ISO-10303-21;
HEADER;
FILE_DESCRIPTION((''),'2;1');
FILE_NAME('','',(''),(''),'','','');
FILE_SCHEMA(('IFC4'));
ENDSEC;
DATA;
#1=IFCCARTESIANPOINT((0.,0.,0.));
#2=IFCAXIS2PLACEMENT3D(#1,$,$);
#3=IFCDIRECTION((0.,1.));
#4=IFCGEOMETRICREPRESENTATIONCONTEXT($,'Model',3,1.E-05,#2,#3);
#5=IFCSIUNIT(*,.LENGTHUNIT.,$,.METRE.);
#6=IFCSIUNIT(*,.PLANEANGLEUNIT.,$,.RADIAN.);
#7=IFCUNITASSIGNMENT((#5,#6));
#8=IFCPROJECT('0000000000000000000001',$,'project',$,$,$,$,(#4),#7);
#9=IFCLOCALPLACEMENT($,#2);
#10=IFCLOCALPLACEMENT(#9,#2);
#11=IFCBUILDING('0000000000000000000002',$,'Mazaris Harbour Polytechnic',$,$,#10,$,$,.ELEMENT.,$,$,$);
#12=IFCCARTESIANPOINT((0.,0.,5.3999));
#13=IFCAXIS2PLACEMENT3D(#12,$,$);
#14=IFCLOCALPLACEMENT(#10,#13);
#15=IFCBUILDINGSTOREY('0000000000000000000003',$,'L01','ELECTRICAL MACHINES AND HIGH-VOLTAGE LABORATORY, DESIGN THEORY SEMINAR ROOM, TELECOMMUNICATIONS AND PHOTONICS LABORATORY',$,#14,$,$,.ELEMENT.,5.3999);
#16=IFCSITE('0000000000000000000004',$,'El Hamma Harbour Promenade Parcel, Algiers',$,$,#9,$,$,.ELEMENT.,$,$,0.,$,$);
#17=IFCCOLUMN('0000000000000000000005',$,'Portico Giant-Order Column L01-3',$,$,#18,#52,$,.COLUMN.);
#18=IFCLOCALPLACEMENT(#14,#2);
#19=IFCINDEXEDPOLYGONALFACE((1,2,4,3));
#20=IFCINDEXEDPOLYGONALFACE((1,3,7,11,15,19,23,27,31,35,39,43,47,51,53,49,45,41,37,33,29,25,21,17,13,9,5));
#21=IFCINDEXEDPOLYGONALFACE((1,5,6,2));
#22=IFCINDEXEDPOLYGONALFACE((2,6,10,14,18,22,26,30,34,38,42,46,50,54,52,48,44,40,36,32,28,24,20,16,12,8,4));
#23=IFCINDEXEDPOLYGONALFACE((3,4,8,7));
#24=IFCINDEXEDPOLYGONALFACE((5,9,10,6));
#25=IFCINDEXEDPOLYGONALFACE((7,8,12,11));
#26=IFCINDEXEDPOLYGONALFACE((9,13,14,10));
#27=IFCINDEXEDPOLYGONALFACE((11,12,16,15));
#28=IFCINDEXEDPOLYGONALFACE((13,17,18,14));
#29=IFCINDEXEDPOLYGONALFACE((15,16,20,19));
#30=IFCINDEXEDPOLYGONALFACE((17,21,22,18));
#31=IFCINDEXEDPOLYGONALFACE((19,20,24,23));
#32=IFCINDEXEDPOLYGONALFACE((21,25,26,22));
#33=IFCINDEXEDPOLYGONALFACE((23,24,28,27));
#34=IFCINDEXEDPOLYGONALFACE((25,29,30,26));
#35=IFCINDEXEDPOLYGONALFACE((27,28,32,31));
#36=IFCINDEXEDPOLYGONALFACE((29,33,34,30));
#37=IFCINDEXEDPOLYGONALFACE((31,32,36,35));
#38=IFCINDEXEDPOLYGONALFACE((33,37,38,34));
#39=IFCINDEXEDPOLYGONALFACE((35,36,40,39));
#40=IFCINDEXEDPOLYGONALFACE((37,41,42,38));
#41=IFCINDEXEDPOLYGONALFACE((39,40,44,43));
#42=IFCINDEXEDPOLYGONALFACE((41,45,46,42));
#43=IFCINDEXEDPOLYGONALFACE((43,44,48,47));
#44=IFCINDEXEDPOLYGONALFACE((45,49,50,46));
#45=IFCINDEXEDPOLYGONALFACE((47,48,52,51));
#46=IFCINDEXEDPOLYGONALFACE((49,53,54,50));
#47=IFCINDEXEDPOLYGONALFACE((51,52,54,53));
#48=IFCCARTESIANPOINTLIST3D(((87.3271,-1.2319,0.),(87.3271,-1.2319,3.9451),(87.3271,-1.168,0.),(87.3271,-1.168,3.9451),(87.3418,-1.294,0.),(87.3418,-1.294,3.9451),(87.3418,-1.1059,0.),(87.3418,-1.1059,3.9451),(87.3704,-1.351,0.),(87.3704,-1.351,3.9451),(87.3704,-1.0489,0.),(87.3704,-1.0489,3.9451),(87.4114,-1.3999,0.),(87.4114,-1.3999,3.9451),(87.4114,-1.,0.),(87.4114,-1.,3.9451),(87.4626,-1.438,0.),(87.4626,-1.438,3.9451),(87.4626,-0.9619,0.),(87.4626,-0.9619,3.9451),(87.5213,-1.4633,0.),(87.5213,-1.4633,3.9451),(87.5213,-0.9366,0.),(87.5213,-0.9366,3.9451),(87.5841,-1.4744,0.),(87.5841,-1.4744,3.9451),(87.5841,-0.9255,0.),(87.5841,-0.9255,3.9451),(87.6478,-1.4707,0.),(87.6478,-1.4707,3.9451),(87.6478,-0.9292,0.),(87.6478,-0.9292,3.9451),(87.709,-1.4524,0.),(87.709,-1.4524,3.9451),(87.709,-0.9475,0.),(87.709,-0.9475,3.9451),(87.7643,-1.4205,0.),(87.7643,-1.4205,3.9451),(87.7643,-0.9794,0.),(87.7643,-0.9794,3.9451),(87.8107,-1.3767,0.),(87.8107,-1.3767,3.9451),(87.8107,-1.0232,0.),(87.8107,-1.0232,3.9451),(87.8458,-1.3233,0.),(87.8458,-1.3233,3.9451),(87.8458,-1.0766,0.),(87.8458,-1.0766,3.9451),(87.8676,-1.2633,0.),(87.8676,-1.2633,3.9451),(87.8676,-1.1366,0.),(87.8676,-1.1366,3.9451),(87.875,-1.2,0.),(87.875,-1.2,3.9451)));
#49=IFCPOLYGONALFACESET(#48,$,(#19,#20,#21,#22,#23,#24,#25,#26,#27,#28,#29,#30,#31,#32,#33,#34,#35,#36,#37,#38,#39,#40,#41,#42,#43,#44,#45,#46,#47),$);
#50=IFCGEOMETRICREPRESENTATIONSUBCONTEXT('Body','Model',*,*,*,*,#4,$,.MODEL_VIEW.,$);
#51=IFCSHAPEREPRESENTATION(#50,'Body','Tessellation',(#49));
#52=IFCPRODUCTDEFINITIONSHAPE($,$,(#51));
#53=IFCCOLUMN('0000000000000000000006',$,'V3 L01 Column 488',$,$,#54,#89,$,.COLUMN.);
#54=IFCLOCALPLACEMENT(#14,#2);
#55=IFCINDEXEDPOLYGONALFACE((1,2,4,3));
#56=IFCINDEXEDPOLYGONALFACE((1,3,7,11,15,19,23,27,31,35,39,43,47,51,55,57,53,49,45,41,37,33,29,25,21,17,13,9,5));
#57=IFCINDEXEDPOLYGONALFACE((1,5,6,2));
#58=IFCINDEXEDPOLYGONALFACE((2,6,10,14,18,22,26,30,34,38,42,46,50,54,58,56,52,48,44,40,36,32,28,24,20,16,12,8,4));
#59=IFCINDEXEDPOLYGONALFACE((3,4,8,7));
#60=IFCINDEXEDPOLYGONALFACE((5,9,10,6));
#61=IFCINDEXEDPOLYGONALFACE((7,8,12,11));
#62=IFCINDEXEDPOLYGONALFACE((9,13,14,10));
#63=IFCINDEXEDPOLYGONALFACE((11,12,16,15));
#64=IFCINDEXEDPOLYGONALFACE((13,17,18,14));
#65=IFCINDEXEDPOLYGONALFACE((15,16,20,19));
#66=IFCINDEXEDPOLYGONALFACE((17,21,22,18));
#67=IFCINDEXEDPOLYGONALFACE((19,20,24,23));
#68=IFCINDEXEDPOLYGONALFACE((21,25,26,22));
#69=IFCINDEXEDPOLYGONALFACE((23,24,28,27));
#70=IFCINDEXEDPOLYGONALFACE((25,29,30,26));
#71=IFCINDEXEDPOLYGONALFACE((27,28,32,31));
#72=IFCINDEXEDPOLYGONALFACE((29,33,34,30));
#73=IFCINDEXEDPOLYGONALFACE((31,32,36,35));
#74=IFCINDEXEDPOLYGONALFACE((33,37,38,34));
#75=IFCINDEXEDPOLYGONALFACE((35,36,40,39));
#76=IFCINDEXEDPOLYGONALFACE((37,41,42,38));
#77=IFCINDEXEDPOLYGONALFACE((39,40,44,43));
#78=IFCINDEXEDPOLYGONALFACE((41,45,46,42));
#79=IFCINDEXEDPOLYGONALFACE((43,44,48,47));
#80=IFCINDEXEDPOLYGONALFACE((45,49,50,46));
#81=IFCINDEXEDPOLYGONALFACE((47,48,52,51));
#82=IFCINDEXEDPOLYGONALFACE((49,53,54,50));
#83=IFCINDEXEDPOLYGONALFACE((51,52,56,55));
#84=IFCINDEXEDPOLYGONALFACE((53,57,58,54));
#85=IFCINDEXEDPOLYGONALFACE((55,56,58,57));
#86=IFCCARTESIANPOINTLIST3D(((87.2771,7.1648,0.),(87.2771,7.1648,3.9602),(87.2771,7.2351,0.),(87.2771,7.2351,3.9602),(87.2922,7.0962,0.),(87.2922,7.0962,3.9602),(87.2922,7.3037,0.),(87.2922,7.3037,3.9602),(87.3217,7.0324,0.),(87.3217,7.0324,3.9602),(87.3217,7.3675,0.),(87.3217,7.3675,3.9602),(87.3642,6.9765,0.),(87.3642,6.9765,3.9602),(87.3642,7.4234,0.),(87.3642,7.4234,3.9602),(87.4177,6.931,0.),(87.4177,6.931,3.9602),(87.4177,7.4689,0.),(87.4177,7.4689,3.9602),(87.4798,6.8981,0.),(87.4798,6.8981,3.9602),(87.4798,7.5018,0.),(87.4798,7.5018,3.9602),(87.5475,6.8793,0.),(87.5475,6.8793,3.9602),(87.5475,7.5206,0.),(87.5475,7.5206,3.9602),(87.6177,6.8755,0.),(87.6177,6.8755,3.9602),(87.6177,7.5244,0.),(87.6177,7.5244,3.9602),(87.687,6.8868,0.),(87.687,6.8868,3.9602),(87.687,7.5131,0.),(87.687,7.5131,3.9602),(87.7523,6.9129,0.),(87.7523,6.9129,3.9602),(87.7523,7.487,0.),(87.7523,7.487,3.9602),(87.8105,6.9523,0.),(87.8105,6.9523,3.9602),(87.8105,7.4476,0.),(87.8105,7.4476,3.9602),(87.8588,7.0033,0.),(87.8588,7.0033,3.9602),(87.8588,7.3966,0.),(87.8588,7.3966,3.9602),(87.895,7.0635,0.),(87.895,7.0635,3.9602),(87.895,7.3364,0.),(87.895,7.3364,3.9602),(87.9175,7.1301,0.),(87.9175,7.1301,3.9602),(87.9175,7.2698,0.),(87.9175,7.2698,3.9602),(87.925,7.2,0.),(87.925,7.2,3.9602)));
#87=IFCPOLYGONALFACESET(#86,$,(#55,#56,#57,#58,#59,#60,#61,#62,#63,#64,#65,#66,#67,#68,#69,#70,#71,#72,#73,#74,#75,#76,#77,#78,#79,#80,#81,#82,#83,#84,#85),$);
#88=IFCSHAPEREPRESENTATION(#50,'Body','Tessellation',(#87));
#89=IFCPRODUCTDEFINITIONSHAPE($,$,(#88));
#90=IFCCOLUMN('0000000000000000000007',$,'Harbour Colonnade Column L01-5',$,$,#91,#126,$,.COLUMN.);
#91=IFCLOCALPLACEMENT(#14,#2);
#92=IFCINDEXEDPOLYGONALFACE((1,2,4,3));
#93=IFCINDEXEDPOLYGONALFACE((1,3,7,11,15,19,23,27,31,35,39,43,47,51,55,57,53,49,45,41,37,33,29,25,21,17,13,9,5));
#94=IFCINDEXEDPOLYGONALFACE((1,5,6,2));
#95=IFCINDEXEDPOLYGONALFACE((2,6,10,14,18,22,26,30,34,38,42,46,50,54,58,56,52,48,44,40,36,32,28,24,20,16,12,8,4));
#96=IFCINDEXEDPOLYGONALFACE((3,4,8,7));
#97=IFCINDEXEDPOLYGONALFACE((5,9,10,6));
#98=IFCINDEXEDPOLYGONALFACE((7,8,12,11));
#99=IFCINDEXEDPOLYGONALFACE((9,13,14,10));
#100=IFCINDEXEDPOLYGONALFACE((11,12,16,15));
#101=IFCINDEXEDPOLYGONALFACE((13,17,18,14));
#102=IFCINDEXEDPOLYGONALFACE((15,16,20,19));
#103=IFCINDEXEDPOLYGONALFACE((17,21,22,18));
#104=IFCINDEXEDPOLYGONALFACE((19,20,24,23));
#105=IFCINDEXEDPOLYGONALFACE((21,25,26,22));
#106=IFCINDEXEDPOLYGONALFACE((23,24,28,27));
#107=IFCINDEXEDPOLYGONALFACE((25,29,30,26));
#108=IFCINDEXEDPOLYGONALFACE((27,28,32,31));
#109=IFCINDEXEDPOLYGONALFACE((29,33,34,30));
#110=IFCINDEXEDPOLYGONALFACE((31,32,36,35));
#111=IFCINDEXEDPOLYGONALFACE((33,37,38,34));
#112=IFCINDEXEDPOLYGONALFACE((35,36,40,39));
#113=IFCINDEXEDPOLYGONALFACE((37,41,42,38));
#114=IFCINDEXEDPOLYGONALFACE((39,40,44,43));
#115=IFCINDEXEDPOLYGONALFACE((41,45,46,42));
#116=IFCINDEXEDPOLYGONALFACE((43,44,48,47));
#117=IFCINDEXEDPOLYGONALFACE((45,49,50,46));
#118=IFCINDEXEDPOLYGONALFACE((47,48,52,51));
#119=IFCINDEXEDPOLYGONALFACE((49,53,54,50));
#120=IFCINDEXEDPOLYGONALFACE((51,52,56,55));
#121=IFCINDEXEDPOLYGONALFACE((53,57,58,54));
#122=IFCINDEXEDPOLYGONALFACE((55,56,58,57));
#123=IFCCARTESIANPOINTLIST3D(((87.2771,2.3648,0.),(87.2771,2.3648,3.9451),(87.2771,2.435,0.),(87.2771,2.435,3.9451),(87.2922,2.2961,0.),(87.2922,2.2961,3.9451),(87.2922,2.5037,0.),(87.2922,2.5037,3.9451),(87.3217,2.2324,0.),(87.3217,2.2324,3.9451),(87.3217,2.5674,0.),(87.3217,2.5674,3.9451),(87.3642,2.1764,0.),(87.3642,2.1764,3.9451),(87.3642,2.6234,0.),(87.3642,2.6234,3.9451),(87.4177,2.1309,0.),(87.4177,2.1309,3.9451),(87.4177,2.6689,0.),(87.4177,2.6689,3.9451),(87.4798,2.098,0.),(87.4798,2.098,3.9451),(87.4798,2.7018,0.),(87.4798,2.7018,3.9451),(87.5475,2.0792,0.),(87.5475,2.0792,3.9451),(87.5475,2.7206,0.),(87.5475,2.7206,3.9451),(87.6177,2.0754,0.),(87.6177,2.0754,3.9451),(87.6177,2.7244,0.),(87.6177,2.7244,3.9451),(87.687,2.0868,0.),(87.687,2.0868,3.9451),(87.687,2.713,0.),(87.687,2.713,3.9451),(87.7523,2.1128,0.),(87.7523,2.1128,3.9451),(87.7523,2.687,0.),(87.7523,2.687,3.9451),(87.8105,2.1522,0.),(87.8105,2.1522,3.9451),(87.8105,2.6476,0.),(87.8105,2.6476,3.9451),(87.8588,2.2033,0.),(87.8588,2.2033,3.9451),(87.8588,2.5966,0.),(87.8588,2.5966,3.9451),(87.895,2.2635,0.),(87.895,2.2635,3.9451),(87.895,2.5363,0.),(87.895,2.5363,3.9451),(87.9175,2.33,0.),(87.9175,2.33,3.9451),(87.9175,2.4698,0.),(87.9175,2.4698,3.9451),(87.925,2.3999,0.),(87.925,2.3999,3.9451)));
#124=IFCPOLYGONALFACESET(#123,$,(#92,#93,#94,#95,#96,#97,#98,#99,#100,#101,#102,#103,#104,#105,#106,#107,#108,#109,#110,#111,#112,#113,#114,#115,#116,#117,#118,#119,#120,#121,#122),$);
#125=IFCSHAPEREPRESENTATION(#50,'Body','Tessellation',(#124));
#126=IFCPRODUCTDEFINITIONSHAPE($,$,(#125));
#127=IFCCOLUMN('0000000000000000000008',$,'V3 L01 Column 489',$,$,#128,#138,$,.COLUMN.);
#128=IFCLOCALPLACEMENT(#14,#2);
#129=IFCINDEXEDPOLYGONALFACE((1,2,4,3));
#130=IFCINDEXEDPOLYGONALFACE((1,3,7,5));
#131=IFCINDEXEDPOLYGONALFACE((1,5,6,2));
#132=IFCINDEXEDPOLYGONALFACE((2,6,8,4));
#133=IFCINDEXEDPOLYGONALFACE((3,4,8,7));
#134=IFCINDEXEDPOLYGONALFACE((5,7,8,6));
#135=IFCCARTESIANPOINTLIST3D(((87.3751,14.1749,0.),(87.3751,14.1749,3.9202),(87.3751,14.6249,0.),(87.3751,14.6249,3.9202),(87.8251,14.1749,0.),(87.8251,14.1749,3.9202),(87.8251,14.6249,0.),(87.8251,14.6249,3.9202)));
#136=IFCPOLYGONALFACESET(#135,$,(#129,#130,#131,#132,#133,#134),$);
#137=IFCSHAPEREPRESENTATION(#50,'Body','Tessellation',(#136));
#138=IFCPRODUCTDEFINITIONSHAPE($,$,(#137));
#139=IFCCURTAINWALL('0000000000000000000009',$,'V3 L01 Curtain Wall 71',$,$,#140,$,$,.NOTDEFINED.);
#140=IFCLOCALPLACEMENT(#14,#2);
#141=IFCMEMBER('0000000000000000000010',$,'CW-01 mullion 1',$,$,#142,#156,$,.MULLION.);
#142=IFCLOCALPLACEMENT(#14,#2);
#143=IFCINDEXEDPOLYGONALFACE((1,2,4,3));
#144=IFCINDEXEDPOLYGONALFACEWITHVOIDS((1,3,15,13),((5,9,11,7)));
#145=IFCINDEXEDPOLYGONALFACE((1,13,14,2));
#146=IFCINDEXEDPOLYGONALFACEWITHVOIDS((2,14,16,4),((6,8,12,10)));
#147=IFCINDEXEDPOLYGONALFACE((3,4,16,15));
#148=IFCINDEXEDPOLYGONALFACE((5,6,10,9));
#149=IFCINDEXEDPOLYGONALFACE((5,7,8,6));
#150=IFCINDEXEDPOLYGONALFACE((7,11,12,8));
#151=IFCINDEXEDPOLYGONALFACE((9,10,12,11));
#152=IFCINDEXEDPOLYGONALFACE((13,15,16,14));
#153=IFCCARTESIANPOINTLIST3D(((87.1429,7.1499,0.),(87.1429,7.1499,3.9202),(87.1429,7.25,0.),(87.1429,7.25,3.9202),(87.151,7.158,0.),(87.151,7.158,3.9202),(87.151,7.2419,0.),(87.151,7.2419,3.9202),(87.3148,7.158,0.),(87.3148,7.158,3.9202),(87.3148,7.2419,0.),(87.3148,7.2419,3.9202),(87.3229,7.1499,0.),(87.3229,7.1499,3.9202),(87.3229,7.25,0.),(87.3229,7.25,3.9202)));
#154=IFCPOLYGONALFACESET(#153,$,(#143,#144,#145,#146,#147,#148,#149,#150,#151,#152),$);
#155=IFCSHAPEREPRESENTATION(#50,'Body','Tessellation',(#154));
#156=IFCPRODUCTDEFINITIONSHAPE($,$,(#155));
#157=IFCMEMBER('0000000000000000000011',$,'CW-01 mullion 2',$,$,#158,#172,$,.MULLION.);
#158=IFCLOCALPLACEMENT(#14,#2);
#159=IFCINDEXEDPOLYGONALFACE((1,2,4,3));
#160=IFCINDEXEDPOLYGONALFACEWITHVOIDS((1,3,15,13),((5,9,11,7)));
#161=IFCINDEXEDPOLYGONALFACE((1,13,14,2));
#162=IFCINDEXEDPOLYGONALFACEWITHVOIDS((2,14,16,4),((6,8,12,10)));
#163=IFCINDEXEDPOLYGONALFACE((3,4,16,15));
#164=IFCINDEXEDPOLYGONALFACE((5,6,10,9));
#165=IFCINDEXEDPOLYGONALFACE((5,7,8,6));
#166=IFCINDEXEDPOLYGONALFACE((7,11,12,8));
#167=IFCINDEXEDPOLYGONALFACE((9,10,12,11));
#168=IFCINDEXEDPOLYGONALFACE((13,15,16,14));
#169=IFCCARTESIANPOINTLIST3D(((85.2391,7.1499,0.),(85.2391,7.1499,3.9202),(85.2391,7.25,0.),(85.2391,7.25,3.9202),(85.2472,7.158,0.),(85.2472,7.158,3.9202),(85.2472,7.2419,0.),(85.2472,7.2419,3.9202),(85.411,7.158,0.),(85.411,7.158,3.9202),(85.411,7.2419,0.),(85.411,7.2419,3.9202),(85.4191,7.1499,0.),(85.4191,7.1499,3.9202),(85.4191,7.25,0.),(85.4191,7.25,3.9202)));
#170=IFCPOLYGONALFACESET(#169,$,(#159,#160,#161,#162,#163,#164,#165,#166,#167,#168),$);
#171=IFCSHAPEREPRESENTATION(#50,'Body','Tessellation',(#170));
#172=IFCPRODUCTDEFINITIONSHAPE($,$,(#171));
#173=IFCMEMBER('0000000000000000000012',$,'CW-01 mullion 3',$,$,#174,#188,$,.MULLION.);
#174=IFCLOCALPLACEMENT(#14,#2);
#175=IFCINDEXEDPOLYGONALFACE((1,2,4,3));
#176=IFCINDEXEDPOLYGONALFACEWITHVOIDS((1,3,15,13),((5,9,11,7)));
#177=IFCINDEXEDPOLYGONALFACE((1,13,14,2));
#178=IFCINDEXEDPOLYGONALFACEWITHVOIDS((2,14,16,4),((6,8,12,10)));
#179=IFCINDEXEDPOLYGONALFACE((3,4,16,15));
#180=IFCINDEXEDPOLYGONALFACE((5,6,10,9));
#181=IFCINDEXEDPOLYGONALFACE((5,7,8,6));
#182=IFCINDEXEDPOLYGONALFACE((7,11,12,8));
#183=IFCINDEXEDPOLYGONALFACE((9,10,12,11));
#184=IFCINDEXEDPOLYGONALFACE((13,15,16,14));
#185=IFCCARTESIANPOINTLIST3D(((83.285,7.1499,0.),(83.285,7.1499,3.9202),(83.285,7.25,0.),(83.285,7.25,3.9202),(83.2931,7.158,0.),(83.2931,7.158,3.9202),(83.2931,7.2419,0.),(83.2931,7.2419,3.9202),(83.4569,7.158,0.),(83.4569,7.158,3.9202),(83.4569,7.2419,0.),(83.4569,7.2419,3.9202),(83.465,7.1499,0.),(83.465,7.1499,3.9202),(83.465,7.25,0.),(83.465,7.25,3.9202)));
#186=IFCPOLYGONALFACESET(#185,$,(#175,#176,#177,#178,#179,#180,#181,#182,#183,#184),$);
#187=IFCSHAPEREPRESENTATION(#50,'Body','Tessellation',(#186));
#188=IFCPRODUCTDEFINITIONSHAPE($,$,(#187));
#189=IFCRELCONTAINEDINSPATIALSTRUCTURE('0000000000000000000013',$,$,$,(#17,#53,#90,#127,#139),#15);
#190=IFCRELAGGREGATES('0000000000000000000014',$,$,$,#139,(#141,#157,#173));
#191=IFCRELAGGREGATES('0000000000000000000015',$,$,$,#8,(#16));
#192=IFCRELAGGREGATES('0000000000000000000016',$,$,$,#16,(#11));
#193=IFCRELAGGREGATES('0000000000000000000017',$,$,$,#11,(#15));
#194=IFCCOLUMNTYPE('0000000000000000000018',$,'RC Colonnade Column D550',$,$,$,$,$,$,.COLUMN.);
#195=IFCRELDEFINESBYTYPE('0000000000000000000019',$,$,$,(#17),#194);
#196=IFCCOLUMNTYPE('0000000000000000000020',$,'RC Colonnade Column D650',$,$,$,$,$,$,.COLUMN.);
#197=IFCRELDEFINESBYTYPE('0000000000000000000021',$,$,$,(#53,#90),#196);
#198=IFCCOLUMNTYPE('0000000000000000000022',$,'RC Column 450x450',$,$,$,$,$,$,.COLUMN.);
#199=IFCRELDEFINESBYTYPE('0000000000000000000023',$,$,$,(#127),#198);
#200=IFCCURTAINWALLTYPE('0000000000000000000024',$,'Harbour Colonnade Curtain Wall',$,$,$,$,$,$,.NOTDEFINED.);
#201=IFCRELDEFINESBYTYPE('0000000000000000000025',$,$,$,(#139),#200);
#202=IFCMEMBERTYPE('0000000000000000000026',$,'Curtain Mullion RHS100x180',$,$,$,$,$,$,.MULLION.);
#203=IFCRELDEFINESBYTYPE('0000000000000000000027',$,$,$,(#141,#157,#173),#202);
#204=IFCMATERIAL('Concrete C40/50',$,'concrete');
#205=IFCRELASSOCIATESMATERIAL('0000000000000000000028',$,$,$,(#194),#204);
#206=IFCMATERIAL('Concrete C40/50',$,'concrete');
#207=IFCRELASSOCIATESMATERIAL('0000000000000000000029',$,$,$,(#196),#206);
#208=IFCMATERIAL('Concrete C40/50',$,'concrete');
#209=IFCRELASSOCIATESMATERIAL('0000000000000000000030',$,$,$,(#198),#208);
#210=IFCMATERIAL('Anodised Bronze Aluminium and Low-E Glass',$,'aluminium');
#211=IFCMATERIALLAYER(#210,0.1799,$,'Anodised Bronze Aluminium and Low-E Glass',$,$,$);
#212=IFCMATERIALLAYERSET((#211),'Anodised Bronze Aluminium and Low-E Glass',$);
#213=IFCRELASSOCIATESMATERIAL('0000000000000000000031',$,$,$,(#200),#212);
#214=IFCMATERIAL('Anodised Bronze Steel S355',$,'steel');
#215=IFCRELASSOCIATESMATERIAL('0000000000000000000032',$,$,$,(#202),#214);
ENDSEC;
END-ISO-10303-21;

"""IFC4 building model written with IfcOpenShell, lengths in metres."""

from ifc_helpers import new_model, si_unit, direction, frame, origin, origin_2d, place, context, subcontext, project, spatial, rectangle, hollow_rectangle, circle, extrude, material, layer, layer_set, material_profile, profile_set, type_object, element, aggregate, save


model = new_model("IFC4")

# Units and contexts
model_context = context("Model", 3, precision=1e-05, world=origin(), true_north=direction((0.0, 1.0)))
body_context = subcontext(model_context, "Body", "Model", "MODEL_VIEW")
ifc_project = project(units=[si_unit("LENGTHUNIT", "METRE"), si_unit("PLANEANGLEUNIT", "RADIAN")], contexts=[model_context])

# Site, building, storey
site_placement = place(None, origin())
site = spatial("IfcSite", under=ifc_project, at=site_placement, Name="El Hamma Harbour Promenade Parcel, Algiers", CompositionType="ELEMENT", RefElevation=0.0)
building_placement = place(site_placement, origin())
building = spatial("IfcBuilding", under=site, at=building_placement, Name="Mazaris Harbour Polytechnic", CompositionType="ELEMENT")
storey_placement = place(building_placement, frame((0.0, 0.0, 5.3999)))
storey = spatial("IfcBuildingStorey", under=building, at=storey_placement, Name="L01", Description="ELECTRICAL MACHINES AND HIGH-VOLTAGE LABORATORY, DESIGN THEORY SEMINAR ROOM, TELECOMMUNICATIONS AND PHOTONICS LABORATORY", CompositionType="ELEMENT", Elevation=5.3999)

# Columns
ifc_material_1 = material(Name="Concrete C40/50", Category="concrete")
ifc_material_profile_1 = material_profile(ifc_material_1, circle(Radius=0.2749, at=origin_2d()), Name="DIA550")
ifc_profile_set_1 = profile_set([ifc_material_profile_1], Name="Concrete C40/50")
column_type_1 = type_object("IfcColumnType", Name="RC Colonnade Column D550", PredefinedType="COLUMN", material=ifc_profile_set_1)
column_1_placement = place(storey_placement, frame((87.6001, -1.2, 0.0), z_axis=(0.0, 0.0, 1.0), x_axis=(1.0, 0.0, 0.0)))
element("IfcColumn", 1, at=column_1_placement, inside=storey, type_object=column_type_1, Name="Portico Giant-Order Column L01-3", PredefinedType="COLUMN", context=body_context, shape_type="SweptSolid", body=[
    extrude(circle(Radius=0.2749, at=origin_2d()), origin(), (0.0, 0.0, 1.0), 3.9451),
])
ifc_material_2 = material(Name="Concrete C40/50", Category="concrete")
ifc_material_profile_2 = material_profile(ifc_material_2, circle(Radius=0.325, at=origin_2d()), Name="DIA650")
ifc_profile_set_2 = profile_set([ifc_material_profile_2], Name="Concrete C40/50")
column_type_2 = type_object("IfcColumnType", Name="RC Colonnade Column D650", PredefinedType="COLUMN", material=ifc_profile_set_2)
column_2_placement = place(storey_placement, frame((87.6001, 7.2, 0.0), z_axis=(0.0, 0.0, 1.0), x_axis=(1.0, 0.0, 0.0)))
element("IfcColumn", 2, at=column_2_placement, inside=storey, type_object=column_type_2, Name="V3 L01 Column 488", PredefinedType="COLUMN", context=body_context, shape_type="SweptSolid", body=[
    extrude(circle(Radius=0.325, at=origin_2d()), origin(), (0.0, 0.0, 1.0), 3.9602),
])
column_3_placement = place(storey_placement, frame((87.6001, 2.3999, 0.0), z_axis=(0.0, 0.0, 1.0), x_axis=(1.0, 0.0, 0.0)))
element("IfcColumn", 3, at=column_3_placement, inside=storey, type_object=column_type_2, Name="Harbour Colonnade Column L01-5", PredefinedType="COLUMN", context=body_context, shape_type="SweptSolid", body=[
    extrude(circle(Radius=0.325, at=origin_2d()), origin(), (0.0, 0.0, 1.0), 3.9451),
])
ifc_material_3 = material(Name="Concrete C40/50", Category="concrete")
ifc_material_profile_3 = material_profile(ifc_material_3, rectangle(XDim=0.45, YDim=0.45, at=origin_2d()), Name="RECT450x450")
ifc_profile_set_3 = profile_set([ifc_material_profile_3], Name="Concrete C40/50")
column_type_3 = type_object("IfcColumnType", Name="RC Column 450x450", PredefinedType="COLUMN", material=ifc_profile_set_3)
column_4_placement = place(storey_placement, frame((87.6001, 14.3999, 0.0), z_axis=(0.0, 0.0, 1.0), x_axis=(1.0, 0.0, 0.0)))
element("IfcColumn", 4, at=column_4_placement, inside=storey, type_object=column_type_3, Name="V3 L01 Column 489", PredefinedType="COLUMN", context=body_context, shape_type="SweptSolid", body=[
    extrude(rectangle(XDim=0.45, YDim=0.45, at=origin_2d()), origin(), (0.0, 0.0, 1.0), 3.9202),
])

# Curtain wall, members
ifc_material_4 = material(Name="Anodised Bronze Aluminium and Low-E Glass", Category="aluminium")
ifc_layer_1 = layer(ifc_material_4, 0.1799, Name="Anodised Bronze Aluminium and Low-E Glass")
ifc_layer_set_1 = layer_set([ifc_layer_1], Name="Anodised Bronze Aluminium and Low-E Glass")
curtain_wall_type = type_object("IfcCurtainWallType", Name="Harbour Colonnade Curtain Wall", PredefinedType="NOTDEFINED", material=ifc_layer_set_1)
curtain_wall_placement = place(storey_placement, origin())
curtain_wall = element("IfcCurtainWall", 5, at=curtain_wall_placement, inside=storey, type_object=curtain_wall_type, Name="V3 L01 Curtain Wall 71", PredefinedType="NOTDEFINED")
ifc_material_5 = material(Name="Anodised Bronze Steel S355", Category="steel")
ifc_material_profile_4 = material_profile(ifc_material_5, hollow_rectangle(XDim=0.1001, YDim=0.1799, WallThickness=0.0081, at=origin_2d()), Name="RHS 100x180x8.0")
ifc_profile_set_4 = profile_set([ifc_material_profile_4], Name="Anodised Bronze Steel S355")
member_type_1 = type_object("IfcMemberType", Name="Curtain Mullion RHS100x180", PredefinedType="MULLION", material=ifc_profile_set_4)
member_1_placement = place(storey_placement, frame((87.2329, 7.2, 0.0), z_axis=(0.0, 0.0, 1.0), x_axis=(0.0, -1.0, 0.0)))
member_1 = element("IfcMember", 6, at=member_1_placement, type_object=member_type_1, Name="CW-01 mullion 1", PredefinedType="MULLION", context=body_context, shape_type="SweptSolid", body=[
    extrude(hollow_rectangle(XDim=0.1001, YDim=0.1799, WallThickness=0.0081, at=origin_2d()), origin(), (0.0, 0.0, 1.0), 3.9202),
])
member_2_placement = place(storey_placement, frame((85.3291, 7.2, 0.0), z_axis=(0.0, 0.0, 1.0), x_axis=(0.0, -1.0, 0.0)))
member_2 = element("IfcMember", 7, at=member_2_placement, type_object=member_type_1, Name="CW-01 mullion 2", PredefinedType="MULLION", context=body_context, shape_type="SweptSolid", body=[
    extrude(hollow_rectangle(XDim=0.1001, YDim=0.1799, WallThickness=0.0081, at=origin_2d()), origin(), (0.0, 0.0, 1.0), 3.9202),
])
member_3_placement = place(storey_placement, frame((83.375, 7.2, 0.0), z_axis=(0.0, 0.0, 1.0), x_axis=(0.0, -1.0, 0.0)))
member_3 = element("IfcMember", 8, at=member_3_placement, type_object=member_type_1, Name="CW-01 mullion 3", PredefinedType="MULLION", context=body_context, shape_type="SweptSolid", body=[
    extrude(hollow_rectangle(XDim=0.1001, YDim=0.1799, WallThickness=0.0081, at=origin_2d()), origin(), (0.0, 0.0, 1.0), 3.9202),
])

aggregate(curtain_wall, [member_1, member_2, member_3])

save(model, "model.ifc")
